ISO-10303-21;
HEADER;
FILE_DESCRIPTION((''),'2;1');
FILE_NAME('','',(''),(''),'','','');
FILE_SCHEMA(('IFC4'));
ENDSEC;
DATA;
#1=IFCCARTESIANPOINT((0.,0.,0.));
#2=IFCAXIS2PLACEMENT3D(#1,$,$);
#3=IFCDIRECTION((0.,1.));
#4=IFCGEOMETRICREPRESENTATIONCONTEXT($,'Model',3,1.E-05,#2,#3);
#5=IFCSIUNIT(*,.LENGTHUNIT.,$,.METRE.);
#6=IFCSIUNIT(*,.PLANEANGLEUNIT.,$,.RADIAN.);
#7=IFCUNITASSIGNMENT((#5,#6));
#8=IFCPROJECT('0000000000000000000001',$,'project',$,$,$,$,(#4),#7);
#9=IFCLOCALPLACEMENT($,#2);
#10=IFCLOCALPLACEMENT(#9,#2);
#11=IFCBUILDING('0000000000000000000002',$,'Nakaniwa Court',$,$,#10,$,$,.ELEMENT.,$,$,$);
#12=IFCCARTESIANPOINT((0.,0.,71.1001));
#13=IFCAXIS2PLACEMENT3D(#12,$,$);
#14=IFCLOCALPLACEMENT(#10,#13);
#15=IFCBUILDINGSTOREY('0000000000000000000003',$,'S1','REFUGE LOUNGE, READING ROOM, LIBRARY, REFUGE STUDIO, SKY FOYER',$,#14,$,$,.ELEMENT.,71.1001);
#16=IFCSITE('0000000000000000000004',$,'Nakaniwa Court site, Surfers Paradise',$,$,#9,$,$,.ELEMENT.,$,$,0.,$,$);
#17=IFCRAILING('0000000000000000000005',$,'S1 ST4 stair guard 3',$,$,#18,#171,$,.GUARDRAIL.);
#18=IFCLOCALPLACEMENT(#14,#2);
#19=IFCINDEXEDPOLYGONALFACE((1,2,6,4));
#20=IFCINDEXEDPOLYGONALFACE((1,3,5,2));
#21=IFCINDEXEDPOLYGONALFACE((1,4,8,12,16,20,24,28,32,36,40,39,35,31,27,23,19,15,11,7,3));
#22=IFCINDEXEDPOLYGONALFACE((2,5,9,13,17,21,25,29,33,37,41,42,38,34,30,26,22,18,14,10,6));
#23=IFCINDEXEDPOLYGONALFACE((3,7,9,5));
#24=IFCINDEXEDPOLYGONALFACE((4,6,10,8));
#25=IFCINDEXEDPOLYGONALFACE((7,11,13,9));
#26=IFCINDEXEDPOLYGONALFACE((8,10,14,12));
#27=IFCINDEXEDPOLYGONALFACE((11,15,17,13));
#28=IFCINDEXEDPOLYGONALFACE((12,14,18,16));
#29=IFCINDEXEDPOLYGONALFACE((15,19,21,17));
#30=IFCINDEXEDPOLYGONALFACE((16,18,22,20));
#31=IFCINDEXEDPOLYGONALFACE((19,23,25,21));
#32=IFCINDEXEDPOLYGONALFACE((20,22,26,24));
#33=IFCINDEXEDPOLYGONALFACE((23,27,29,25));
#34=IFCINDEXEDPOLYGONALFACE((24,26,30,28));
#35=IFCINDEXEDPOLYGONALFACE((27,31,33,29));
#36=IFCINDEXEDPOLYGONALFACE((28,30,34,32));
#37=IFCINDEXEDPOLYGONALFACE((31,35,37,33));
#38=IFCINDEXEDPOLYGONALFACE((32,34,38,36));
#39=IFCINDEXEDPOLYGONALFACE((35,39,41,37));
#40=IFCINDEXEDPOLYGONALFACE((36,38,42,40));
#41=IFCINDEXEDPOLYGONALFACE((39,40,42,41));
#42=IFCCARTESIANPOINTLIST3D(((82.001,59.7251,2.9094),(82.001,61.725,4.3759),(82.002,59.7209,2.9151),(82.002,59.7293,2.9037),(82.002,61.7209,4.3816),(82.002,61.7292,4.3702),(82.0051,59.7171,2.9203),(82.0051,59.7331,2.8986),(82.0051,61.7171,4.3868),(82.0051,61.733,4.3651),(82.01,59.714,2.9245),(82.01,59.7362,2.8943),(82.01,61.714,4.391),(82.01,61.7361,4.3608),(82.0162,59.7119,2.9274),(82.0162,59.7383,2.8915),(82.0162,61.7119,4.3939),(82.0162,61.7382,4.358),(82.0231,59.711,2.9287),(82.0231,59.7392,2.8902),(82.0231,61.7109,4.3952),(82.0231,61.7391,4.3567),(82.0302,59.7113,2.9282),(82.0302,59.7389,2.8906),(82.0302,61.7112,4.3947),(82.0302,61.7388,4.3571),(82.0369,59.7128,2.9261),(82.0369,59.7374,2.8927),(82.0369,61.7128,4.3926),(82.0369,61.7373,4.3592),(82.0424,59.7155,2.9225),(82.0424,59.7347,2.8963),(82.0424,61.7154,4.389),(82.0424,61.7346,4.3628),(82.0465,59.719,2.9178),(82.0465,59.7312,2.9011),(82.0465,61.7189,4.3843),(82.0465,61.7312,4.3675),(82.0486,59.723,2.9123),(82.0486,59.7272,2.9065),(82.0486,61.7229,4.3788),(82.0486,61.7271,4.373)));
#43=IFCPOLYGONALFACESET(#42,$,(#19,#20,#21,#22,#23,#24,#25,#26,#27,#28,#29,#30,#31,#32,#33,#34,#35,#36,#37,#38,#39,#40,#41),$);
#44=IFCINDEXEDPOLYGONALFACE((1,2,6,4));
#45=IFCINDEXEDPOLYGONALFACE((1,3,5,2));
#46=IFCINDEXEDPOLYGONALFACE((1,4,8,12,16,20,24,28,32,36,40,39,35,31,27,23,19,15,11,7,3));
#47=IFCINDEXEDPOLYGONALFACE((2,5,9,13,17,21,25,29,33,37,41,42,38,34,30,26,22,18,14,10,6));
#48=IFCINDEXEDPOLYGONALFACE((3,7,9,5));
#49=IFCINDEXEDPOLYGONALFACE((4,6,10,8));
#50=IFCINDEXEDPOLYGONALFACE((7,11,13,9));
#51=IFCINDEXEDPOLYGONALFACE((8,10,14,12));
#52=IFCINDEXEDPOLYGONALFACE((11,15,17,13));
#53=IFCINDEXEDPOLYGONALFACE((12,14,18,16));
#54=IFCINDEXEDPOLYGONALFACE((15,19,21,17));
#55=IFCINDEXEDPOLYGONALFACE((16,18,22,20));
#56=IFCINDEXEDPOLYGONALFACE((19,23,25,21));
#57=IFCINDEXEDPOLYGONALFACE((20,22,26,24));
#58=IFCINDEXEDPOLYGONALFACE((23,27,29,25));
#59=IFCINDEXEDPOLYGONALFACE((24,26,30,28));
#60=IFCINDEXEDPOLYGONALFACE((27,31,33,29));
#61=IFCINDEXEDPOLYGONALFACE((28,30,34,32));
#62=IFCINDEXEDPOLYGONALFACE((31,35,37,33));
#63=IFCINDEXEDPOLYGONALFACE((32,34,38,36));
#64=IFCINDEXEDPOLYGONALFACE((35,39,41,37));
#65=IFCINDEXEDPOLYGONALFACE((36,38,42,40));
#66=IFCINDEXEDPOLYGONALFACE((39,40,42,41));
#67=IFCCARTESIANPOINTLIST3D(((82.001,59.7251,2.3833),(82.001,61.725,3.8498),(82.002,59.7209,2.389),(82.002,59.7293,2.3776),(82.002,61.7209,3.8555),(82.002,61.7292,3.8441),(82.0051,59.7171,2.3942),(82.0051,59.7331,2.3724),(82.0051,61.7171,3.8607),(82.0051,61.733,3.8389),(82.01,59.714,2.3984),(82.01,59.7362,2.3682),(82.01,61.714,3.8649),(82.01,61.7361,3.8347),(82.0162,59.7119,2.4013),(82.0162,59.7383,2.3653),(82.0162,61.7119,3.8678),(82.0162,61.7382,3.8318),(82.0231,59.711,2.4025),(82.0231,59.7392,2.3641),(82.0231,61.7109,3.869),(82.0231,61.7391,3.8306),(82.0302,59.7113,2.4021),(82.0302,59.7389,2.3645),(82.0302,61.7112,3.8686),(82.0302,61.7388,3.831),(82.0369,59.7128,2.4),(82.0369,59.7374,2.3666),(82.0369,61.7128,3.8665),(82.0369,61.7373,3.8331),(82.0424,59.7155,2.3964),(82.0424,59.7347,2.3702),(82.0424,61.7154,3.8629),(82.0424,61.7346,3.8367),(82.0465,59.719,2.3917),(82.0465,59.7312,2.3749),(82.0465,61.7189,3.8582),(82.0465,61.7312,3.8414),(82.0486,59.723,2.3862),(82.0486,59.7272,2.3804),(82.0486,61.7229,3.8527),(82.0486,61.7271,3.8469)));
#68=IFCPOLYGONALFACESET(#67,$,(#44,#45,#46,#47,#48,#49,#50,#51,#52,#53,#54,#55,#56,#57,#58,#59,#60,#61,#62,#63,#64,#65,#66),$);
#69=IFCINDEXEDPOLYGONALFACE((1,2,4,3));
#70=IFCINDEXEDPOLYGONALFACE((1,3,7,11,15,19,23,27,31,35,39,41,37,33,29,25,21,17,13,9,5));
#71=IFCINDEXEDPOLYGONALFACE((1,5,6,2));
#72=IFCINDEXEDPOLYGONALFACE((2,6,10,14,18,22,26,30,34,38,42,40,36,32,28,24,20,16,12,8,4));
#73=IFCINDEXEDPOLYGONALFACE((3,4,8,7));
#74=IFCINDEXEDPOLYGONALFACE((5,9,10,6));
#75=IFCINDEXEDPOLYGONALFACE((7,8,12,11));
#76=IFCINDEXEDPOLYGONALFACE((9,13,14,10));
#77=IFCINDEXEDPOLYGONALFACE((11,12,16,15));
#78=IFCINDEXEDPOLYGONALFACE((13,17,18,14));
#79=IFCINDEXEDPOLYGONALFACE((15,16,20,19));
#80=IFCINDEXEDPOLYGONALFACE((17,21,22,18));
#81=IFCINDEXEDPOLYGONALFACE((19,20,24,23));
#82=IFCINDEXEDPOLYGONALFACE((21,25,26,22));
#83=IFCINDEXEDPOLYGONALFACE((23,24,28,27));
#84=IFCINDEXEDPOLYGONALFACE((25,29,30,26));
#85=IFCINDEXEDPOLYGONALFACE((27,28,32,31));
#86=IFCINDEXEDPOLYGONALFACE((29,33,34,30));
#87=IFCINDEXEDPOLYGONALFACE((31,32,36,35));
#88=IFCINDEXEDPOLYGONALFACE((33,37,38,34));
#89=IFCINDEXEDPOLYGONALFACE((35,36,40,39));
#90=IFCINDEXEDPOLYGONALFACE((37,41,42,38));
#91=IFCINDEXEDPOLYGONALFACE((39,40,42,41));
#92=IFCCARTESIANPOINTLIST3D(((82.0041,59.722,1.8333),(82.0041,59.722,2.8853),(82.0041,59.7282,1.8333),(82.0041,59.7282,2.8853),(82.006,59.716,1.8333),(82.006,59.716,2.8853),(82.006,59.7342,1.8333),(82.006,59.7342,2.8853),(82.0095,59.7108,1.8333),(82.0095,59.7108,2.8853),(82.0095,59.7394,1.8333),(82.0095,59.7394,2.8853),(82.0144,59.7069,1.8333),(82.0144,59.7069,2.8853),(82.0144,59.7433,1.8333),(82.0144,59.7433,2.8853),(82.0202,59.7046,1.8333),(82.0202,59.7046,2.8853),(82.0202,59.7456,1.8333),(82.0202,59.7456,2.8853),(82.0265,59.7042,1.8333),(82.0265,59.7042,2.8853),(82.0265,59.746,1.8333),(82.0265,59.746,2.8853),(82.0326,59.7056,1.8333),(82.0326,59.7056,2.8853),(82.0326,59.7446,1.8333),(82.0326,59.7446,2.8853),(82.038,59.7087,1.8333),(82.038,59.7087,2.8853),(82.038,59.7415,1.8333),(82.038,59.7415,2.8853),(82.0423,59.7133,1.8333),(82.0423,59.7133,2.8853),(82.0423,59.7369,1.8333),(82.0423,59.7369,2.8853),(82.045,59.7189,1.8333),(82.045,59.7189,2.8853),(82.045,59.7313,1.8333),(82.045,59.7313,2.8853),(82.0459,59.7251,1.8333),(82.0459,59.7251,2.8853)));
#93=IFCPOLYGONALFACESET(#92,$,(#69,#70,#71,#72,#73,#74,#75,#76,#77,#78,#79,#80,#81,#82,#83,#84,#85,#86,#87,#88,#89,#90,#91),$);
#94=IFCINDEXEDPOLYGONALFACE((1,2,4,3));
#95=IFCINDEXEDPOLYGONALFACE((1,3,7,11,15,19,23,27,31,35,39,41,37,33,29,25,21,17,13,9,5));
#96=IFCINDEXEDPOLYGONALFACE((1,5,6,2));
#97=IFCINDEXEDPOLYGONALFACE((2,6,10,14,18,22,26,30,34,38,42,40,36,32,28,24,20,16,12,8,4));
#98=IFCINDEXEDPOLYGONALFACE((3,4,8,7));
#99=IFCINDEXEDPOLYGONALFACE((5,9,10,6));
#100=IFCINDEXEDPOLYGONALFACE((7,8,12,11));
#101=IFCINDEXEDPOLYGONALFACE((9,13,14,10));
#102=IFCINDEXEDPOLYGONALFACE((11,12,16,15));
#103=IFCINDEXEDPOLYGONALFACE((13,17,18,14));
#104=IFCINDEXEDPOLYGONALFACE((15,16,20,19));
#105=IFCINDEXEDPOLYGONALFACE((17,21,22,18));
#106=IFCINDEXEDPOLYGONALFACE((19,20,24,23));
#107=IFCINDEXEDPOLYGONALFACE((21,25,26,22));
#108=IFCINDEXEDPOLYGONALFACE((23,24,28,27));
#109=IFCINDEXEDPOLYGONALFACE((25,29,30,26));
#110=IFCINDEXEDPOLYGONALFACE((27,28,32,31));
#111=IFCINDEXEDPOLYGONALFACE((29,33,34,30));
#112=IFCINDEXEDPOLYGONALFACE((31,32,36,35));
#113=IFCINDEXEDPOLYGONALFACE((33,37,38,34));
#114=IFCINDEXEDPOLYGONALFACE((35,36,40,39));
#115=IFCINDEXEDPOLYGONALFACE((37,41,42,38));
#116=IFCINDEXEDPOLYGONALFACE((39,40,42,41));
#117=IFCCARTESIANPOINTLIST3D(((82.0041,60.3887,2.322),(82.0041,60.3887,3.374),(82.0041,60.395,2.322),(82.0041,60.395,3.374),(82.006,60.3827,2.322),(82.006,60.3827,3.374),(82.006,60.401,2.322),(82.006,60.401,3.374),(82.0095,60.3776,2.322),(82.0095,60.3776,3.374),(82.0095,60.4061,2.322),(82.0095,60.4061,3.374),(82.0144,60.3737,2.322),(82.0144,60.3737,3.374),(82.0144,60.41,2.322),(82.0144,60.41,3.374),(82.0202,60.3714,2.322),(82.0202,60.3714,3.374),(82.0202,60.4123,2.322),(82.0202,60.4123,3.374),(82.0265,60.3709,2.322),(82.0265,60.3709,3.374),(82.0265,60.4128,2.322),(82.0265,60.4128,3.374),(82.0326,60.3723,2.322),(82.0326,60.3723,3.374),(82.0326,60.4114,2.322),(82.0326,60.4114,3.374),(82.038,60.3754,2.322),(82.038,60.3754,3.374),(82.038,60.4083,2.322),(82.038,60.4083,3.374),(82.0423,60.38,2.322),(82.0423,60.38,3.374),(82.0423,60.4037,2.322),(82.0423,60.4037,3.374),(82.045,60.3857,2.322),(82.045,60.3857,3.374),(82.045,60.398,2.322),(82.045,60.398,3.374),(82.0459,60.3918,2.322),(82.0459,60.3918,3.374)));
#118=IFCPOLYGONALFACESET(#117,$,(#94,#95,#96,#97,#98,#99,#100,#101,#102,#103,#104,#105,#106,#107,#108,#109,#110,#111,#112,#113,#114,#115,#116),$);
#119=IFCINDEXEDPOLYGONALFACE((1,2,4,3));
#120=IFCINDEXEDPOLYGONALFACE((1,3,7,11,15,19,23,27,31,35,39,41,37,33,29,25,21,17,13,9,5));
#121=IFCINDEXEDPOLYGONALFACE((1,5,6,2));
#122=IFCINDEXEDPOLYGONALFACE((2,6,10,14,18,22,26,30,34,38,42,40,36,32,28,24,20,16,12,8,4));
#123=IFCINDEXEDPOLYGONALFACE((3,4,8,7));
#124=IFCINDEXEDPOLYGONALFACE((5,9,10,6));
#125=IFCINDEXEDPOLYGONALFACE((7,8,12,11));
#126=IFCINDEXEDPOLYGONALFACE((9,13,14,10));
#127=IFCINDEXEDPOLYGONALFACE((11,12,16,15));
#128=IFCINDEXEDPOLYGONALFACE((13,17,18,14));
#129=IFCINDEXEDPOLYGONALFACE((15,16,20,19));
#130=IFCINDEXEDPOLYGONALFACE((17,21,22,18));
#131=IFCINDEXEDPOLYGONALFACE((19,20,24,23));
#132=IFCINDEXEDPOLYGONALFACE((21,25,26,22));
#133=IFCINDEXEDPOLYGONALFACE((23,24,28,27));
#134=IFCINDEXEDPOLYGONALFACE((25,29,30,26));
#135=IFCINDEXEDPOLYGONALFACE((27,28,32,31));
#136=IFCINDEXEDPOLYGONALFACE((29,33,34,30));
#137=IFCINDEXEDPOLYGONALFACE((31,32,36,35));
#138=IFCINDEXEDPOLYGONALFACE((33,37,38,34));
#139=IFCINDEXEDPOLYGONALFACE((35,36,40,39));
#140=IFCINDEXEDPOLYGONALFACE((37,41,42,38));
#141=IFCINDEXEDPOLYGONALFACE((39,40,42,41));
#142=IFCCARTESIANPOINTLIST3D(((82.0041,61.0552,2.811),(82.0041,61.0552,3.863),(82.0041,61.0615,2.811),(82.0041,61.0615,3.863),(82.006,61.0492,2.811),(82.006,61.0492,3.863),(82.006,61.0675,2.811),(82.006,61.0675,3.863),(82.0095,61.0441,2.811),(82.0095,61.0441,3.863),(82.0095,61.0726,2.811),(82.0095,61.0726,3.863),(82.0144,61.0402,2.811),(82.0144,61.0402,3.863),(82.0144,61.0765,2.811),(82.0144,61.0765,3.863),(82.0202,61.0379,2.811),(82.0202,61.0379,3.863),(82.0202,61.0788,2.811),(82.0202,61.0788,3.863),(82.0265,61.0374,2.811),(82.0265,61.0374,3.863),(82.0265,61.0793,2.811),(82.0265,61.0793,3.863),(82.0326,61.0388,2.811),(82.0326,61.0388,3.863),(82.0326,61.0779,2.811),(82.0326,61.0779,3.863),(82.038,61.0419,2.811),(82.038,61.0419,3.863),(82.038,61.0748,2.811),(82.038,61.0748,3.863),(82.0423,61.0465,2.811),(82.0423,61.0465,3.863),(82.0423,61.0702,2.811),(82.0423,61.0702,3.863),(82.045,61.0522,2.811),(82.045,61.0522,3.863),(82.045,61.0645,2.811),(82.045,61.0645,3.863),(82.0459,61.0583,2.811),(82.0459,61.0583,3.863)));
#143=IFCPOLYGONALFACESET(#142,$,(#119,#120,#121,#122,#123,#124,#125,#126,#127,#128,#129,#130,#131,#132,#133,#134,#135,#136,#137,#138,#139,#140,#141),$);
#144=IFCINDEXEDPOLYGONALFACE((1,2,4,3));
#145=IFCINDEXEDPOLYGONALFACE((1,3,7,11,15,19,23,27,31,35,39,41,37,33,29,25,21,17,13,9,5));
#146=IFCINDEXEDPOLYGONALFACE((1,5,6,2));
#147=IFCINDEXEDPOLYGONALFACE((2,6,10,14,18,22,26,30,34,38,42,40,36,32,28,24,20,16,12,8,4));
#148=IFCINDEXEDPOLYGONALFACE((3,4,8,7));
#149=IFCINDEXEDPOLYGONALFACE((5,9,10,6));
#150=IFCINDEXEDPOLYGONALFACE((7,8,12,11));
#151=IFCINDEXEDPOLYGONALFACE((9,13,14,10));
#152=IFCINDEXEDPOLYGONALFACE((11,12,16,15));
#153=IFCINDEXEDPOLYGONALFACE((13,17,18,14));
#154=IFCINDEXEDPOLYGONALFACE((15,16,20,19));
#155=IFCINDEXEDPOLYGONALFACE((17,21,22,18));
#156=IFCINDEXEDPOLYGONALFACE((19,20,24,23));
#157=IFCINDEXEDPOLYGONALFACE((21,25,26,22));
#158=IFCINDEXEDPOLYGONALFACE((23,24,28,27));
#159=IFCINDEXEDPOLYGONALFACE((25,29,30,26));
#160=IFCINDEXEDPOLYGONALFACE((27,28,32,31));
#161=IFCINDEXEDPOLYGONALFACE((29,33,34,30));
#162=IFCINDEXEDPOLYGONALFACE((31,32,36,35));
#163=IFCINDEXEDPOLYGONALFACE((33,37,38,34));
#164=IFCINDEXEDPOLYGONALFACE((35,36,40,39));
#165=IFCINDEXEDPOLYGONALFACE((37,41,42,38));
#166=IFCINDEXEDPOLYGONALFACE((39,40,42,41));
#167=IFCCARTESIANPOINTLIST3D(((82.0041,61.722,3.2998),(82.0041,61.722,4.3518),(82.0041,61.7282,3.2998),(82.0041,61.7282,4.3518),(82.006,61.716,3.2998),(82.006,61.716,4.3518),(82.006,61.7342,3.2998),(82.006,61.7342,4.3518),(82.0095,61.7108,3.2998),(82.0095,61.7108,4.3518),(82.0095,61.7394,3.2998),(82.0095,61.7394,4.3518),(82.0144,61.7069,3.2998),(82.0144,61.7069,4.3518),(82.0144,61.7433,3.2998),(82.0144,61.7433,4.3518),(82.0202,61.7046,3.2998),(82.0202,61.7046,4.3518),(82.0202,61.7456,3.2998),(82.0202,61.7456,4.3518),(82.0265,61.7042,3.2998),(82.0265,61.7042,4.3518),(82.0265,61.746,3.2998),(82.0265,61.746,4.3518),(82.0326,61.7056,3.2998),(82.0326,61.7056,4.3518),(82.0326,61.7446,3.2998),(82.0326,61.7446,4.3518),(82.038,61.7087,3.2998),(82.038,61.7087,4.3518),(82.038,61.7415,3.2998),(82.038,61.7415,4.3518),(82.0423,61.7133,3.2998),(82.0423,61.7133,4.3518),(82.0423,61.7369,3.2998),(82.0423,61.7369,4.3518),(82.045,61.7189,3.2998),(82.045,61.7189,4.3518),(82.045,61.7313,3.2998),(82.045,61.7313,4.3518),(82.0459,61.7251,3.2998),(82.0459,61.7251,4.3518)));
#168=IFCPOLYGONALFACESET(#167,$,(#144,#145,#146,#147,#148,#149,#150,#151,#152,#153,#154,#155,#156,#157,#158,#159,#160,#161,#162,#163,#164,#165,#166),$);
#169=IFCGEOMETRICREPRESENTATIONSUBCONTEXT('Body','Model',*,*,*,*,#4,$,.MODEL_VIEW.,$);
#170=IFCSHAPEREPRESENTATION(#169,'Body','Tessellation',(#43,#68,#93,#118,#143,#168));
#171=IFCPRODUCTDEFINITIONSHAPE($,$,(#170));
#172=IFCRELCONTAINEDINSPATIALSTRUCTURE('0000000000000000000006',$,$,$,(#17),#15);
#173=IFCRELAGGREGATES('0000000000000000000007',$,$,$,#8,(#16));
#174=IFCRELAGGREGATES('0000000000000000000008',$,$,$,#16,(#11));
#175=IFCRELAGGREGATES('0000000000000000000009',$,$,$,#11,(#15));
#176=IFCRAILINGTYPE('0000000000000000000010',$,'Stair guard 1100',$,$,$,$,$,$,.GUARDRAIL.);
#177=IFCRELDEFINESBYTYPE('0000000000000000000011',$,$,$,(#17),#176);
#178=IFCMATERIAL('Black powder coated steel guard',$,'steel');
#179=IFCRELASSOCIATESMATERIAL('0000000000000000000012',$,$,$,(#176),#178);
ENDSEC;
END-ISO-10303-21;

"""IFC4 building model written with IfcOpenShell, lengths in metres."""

from ifc_helpers import new_model, si_unit, direction, frame, origin, origin_2d, place, context, subcontext, project, spatial, circle, extrude, material, type_object, element, save


model = new_model("IFC4")

# Units and contexts
model_context = context("Model", 3, precision=1e-05, world=origin(), true_north=direction((0.0, 1.0)))
body_context = subcontext(model_context, "Body", "Model", "MODEL_VIEW")
ifc_project = project(units=[si_unit("LENGTHUNIT", "METRE"), si_unit("PLANEANGLEUNIT", "RADIAN")], contexts=[model_context])

# Site, building, storey
site_placement = place(None, origin())
site = spatial("IfcSite", under=ifc_project, at=site_placement, Name="Nakaniwa Court site, Surfers Paradise", CompositionType="ELEMENT", RefElevation=0.0)
building_placement = place(site_placement, origin())
building = spatial("IfcBuilding", under=site, at=building_placement, Name="Nakaniwa Court", CompositionType="ELEMENT")
storey_placement = place(building_placement, frame((0.0, 0.0, 71.1001)))
storey = spatial("IfcBuildingStorey", under=building, at=storey_placement, Name="S1", Description="REFUGE LOUNGE, READING ROOM, LIBRARY, REFUGE STUDIO, SKY FOYER", CompositionType="ELEMENT", Elevation=71.1001)

# Railing
ifc_material_1 = material(Name="Black powder coated steel guard", Category="steel")
railing_type_1 = type_object("IfcRailingType", Name="Stair guard 1100", PredefinedType="GUARDRAIL", material=ifc_material_1)
railing_1_placement = place(storey_placement, frame((82.0249, 59.7251, 1.8333)))
element("IfcRailing", 1, at=railing_1_placement, inside=storey, type_object=railing_type_1, Name="S1 ST4 stair guard 3", PredefinedType="GUARDRAIL", context=body_context, shape_type="SweptSolid", body=[
    extrude(circle(Radius=0.0239, at=origin_2d()), frame((0.0, 0.0, 1.0762), z_axis=(0.0, 0.806427, 0.591334), x_axis=(-1.0, 0.0, 0.0)), (0.0, 0.0, 1.0), 2.48),
    extrude(circle(Radius=0.0239, at=origin_2d()), frame((0.0, 0.0, 0.55), z_axis=(0.0, 0.806427, 0.591334), x_axis=(-1.0, 0.0, 0.0)), (0.0, 0.0, 1.0), 2.48),
    extrude(circle(Radius=0.021, at=origin_2d()), origin(), (0.0, 0.0, 1.0), 1.052),
    extrude(circle(Radius=0.021, at=origin_2d()), frame((0.0, 0.6667, 0.4888)), (0.0, 0.0, 1.0), 1.052),
    extrude(circle(Radius=0.021, at=origin_2d()), frame((0.0, 1.3333, 0.9778)), (0.0, 0.0, 1.0), 1.052),
    extrude(circle(Radius=0.021, at=origin_2d()), frame((0.0, 2.0, 1.4666)), (0.0, 0.0, 1.0), 1.052),
])

save(model, "model.ifc")
